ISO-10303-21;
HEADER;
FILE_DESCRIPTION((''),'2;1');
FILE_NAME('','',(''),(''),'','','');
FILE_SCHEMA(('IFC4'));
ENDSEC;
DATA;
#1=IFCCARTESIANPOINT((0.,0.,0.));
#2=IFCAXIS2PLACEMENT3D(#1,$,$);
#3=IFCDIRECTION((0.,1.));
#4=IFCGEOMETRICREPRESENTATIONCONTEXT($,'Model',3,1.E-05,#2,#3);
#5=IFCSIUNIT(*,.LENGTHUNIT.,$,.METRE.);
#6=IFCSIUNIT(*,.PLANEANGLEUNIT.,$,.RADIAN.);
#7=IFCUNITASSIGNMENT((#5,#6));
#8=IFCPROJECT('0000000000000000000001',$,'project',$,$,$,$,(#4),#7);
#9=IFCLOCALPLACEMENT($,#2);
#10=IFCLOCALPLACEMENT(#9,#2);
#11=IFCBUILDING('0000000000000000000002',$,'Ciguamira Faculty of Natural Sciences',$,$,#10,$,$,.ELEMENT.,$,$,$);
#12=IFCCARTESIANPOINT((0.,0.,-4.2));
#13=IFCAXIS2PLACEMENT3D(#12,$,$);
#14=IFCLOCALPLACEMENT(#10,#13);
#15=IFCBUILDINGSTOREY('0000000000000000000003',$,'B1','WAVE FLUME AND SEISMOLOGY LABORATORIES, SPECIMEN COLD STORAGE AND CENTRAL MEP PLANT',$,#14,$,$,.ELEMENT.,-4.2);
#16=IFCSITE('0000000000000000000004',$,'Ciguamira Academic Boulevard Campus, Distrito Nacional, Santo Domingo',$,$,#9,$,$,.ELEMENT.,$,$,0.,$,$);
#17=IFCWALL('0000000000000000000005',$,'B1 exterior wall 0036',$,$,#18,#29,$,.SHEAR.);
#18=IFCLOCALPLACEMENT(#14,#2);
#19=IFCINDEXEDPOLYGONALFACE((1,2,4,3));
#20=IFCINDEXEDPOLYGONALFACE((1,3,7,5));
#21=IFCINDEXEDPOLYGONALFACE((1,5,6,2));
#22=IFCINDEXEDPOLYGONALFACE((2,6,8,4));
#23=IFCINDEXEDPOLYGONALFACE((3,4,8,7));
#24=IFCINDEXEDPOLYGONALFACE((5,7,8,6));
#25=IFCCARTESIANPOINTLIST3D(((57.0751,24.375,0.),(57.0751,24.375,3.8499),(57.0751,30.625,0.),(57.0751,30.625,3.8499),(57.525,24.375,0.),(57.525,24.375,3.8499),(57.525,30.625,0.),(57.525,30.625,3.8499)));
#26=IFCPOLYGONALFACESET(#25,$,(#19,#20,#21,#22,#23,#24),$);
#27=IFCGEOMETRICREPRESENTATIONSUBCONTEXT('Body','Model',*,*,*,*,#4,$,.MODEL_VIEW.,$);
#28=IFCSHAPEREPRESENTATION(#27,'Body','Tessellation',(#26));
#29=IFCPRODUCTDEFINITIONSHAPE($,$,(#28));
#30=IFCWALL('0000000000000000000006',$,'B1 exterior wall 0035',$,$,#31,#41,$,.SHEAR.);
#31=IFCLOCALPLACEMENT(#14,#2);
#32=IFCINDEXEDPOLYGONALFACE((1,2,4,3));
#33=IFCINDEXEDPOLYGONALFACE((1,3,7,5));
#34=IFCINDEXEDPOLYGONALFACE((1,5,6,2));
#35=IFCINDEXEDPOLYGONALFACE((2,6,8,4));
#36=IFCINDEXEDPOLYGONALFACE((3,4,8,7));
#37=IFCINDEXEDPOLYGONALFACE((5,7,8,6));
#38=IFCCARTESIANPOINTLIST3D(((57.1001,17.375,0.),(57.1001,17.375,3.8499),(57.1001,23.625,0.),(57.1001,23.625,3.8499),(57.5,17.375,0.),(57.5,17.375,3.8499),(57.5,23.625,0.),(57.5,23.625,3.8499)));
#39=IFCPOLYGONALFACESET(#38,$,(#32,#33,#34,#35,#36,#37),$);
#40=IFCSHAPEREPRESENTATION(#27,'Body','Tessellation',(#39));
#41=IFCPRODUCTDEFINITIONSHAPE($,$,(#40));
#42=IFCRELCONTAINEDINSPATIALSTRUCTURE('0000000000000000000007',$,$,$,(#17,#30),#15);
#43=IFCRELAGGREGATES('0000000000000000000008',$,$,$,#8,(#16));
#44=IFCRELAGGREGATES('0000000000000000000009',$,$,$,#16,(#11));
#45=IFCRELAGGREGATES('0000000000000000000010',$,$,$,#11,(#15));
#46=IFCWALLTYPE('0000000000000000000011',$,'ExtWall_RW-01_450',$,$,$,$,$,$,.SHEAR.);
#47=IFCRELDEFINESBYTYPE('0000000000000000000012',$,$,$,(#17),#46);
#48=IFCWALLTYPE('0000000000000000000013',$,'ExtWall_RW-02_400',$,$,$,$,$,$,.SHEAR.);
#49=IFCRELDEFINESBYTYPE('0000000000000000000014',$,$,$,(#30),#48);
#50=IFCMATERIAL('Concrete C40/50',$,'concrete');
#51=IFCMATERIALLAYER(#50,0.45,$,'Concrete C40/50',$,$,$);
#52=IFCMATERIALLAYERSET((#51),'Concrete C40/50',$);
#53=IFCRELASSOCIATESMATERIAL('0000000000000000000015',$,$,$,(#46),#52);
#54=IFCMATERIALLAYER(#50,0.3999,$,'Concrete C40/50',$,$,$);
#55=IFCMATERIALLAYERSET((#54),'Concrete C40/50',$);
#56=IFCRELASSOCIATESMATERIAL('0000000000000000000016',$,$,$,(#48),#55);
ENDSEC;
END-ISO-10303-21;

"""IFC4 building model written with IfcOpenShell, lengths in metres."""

from ifc_helpers import new_model, si_unit, direction, frame, frame_2d, origin, place, context, subcontext, project, spatial, rectangle, extrude, material, layer, layer_set, type_object, element, save


model = new_model("IFC4")

# Units and contexts
model_context = context("Model", 3, precision=1e-05, world=origin(), true_north=direction((0.0, 1.0)))
body_context = subcontext(model_context, "Body", "Model", "MODEL_VIEW")
ifc_project = project(units=[si_unit("LENGTHUNIT", "METRE"), si_unit("PLANEANGLEUNIT", "RADIAN")], contexts=[model_context])

# Site, building, storey
site_placement = place(None, origin())
site = spatial("IfcSite", under=ifc_project, at=site_placement, Name="Ciguamira Academic Boulevard Campus, Distrito Nacional, Santo Domingo", CompositionType="ELEMENT", RefElevation=0.0)
building_placement = place(site_placement, origin())
building = spatial("IfcBuilding", under=site, at=building_placement, Name="Ciguamira Faculty of Natural Sciences", CompositionType="ELEMENT")
storey_placement = place(building_placement, frame((0.0, 0.0, -4.2)))
storey = spatial("IfcBuildingStorey", under=building, at=storey_placement, Name="B1", Description="WAVE FLUME AND SEISMOLOGY LABORATORIES, SPECIMEN COLD STORAGE AND CENTRAL MEP PLANT", CompositionType="ELEMENT", Elevation=-4.2)

# Shared definitions
ifc_material_1 = material(Name="Concrete C40/50", Category="concrete")

# Walls
ifc_layer_1 = layer(ifc_material_1, 0.45, Name="Concrete C40/50")
ifc_layer_set_1 = layer_set([ifc_layer_1], Name="Concrete C40/50")
wall_type_1 = type_object("IfcWallType", Name="ExtWall_RW-01_450", PredefinedType="SHEAR", material=ifc_layer_set_1)
wall_1_placement = place(storey_placement, frame((57.3, 24.375, 0.0), z_axis=(0.0, 0.0, 1.0), x_axis=(0.0, 1.0, 0.0)))
element("IfcWall", 1, at=wall_1_placement, inside=storey, type_object=wall_type_1, Name="B1 exterior wall 0036", PredefinedType="SHEAR", context=body_context, shape_type="SweptSolid", body=[
    extrude(rectangle(XDim=6.25, YDim=0.45, at=frame_2d((3.125, 0.0))), origin(), (0.0, 0.0, 1.0), 3.8499),
])
ifc_layer_2 = layer(ifc_material_1, 0.3999, Name="Concrete C40/50")
ifc_layer_set_2 = layer_set([ifc_layer_2], Name="Concrete C40/50")
wall_type_2 = type_object("IfcWallType", Name="ExtWall_RW-02_400", PredefinedType="SHEAR", material=ifc_layer_set_2)
wall_2_placement = place(storey_placement, frame((57.3, 17.375, 0.0), z_axis=(0.0, 0.0, 1.0), x_axis=(0.0, 1.0, 0.0)))
element("IfcWall", 2, at=wall_2_placement, inside=storey, type_object=wall_type_2, Name="B1 exterior wall 0035", PredefinedType="SHEAR", context=body_context, shape_type="SweptSolid", body=[
    extrude(rectangle(XDim=6.25, YDim=0.3999, at=frame_2d((3.125, 0.0))), origin(), (0.0, 0.0, 1.0), 3.8499),
])

save(model, "model.ifc")
